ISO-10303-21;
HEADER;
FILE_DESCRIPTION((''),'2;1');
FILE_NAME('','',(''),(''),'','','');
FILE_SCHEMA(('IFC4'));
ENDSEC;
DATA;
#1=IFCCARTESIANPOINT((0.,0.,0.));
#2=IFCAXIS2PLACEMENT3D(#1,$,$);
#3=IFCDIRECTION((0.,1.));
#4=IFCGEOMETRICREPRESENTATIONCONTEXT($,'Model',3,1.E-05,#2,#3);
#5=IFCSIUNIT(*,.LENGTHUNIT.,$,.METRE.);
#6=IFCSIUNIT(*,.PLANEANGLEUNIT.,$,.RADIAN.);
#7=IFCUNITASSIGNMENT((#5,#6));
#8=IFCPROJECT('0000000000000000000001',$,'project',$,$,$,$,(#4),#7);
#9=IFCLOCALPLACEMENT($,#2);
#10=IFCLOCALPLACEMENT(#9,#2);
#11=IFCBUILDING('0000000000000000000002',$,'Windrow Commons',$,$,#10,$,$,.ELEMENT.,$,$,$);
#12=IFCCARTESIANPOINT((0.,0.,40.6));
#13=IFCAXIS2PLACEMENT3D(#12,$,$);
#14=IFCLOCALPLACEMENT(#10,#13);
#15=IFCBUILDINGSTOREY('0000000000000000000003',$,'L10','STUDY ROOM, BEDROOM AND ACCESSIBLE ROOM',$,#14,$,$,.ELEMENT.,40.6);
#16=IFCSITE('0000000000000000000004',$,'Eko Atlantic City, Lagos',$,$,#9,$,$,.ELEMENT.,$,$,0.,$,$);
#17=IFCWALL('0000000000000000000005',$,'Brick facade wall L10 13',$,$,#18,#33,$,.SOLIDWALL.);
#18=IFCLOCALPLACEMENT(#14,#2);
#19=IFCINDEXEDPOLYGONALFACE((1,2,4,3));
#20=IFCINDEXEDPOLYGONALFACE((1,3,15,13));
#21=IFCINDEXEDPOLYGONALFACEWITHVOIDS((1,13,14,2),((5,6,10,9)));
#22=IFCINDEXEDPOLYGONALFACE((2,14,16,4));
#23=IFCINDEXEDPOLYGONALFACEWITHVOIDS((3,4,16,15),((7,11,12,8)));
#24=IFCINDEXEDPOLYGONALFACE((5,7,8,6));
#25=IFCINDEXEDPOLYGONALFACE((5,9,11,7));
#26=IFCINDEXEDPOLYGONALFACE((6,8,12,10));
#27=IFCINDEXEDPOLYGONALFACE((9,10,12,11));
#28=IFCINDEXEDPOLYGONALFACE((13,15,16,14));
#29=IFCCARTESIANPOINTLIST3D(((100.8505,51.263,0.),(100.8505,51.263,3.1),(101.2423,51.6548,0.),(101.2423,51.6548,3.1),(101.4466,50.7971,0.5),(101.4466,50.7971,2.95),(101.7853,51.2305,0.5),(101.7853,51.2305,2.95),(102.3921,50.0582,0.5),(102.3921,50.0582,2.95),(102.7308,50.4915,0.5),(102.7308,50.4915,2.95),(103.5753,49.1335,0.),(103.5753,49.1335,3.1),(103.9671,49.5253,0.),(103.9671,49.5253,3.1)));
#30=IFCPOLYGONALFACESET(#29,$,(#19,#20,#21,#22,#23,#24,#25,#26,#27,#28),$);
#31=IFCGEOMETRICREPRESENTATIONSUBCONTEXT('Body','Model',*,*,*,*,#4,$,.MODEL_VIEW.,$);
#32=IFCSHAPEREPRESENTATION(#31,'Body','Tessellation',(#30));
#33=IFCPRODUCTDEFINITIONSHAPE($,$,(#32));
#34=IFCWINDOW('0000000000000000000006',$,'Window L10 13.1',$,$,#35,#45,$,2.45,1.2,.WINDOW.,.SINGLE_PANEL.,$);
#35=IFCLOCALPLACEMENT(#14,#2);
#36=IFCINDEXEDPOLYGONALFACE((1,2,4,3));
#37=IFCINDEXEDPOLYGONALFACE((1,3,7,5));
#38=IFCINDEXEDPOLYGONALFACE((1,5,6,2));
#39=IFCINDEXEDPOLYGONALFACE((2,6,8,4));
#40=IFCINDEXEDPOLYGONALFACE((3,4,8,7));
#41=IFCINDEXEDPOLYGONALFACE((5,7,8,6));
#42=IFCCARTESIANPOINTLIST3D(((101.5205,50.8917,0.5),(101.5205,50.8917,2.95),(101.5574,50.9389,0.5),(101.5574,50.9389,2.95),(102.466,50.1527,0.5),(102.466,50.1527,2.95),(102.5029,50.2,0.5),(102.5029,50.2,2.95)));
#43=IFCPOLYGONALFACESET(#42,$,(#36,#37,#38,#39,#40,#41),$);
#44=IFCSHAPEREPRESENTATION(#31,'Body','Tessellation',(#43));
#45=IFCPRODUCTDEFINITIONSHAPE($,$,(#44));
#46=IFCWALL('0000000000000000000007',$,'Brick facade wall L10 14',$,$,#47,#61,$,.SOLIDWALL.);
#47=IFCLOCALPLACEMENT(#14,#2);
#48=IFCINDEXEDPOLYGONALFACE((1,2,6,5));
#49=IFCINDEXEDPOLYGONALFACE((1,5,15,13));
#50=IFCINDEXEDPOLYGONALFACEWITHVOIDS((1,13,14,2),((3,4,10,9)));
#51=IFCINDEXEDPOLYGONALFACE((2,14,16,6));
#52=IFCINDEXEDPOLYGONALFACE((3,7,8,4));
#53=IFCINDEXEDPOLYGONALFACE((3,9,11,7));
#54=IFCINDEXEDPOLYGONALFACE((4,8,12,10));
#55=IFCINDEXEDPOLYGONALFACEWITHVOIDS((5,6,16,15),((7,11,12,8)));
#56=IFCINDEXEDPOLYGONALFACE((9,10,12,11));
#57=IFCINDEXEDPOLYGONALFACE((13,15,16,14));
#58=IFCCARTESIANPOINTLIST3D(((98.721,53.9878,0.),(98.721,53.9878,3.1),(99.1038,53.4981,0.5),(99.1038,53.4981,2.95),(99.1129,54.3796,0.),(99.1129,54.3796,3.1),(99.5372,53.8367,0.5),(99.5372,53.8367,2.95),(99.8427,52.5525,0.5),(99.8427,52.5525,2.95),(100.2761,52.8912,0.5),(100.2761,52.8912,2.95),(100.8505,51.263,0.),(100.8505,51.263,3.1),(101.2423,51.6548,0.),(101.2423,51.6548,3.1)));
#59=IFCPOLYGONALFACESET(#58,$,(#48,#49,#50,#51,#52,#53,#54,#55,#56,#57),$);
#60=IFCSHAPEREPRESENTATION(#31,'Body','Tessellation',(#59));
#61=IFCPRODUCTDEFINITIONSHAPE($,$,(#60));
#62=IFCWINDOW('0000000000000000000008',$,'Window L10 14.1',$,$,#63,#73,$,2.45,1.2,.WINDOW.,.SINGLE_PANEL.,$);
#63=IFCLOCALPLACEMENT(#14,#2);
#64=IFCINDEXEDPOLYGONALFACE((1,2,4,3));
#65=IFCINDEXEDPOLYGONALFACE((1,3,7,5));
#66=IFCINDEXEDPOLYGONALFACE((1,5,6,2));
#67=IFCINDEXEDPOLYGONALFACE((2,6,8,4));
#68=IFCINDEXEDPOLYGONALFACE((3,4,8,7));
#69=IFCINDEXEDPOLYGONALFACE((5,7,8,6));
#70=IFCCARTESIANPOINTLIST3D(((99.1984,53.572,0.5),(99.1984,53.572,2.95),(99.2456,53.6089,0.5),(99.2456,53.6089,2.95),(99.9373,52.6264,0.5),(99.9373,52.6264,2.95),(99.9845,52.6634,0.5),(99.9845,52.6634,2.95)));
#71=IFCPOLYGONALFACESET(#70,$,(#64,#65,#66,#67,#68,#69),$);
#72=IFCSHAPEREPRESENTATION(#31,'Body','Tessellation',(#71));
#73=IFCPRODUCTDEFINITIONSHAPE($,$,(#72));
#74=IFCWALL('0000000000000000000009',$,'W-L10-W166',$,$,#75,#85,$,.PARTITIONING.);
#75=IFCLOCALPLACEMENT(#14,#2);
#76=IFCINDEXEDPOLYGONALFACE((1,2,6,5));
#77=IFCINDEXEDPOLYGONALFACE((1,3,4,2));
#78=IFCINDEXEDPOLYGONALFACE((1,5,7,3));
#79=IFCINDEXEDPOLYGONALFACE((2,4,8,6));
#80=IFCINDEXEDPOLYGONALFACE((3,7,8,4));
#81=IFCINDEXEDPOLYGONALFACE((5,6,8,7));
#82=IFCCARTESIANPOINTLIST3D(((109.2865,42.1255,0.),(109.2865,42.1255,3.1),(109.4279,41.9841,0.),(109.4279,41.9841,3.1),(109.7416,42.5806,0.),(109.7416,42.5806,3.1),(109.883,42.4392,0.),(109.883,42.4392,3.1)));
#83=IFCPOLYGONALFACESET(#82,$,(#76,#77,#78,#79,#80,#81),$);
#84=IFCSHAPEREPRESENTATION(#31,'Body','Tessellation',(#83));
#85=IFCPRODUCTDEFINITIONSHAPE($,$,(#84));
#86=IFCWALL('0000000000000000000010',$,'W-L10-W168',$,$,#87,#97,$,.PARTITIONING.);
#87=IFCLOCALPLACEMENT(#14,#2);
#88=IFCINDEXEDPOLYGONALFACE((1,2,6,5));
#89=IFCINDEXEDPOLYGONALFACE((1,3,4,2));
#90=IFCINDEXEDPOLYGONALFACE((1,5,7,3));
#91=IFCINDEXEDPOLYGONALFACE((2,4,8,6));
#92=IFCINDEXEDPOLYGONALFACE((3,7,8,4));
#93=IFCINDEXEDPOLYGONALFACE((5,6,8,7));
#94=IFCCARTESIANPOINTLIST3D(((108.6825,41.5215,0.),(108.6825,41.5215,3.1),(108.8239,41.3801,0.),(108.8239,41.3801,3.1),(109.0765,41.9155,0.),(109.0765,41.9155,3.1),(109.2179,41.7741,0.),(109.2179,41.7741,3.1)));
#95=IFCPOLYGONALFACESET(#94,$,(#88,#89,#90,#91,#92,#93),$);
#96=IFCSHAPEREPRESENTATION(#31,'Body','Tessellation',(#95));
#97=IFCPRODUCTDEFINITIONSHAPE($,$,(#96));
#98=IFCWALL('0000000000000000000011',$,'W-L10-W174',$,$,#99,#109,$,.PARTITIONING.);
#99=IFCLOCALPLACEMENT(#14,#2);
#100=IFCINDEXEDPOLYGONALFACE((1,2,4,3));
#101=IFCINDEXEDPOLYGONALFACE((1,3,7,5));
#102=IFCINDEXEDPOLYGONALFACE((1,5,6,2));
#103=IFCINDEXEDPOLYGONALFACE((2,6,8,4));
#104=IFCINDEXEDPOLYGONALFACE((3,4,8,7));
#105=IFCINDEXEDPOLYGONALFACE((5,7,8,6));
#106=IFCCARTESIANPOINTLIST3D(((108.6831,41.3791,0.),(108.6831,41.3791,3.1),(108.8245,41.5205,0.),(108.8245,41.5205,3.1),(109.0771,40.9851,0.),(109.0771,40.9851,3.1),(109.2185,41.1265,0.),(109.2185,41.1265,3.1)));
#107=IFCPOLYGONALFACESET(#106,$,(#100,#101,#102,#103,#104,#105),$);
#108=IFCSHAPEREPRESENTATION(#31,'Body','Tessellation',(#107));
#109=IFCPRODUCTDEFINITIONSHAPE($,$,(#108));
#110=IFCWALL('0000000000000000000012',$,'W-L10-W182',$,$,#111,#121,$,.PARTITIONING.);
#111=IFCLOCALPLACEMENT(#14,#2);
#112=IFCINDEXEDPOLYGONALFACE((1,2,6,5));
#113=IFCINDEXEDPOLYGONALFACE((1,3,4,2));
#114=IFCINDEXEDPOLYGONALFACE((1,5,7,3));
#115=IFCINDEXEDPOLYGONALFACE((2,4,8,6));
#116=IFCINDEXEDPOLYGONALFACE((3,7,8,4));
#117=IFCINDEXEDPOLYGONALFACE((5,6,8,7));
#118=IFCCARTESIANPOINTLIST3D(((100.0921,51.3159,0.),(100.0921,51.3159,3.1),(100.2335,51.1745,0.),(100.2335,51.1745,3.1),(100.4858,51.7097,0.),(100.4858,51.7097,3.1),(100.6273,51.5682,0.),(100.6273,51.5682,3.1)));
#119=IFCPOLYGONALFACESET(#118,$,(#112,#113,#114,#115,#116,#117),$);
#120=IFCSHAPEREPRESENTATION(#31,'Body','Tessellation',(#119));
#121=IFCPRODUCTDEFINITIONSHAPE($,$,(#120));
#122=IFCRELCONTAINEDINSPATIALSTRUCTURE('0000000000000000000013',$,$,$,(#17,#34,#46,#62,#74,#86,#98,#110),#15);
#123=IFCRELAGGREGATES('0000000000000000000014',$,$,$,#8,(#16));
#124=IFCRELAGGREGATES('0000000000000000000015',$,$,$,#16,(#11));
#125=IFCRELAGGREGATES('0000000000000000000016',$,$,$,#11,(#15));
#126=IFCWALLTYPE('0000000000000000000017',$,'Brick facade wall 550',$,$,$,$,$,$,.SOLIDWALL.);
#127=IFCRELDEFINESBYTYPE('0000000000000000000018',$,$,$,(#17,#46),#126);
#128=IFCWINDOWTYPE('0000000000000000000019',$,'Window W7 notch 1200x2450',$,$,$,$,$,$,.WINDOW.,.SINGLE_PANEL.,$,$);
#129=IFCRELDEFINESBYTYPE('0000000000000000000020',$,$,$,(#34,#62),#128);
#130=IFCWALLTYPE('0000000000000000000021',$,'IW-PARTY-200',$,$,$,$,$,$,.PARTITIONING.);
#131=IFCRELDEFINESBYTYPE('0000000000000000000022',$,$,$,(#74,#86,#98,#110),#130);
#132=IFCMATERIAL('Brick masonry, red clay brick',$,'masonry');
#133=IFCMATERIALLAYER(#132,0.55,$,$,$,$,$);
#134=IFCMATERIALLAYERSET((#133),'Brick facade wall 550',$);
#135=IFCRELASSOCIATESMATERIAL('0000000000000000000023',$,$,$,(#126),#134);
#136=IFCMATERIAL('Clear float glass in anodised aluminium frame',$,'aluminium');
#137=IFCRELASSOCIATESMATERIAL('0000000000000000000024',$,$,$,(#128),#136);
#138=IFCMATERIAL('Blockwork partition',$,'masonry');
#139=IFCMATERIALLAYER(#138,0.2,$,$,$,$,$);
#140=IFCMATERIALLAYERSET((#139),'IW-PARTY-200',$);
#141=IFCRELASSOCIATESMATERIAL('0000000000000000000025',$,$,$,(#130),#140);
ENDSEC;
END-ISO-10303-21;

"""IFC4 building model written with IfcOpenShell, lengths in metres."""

from ifc_helpers import new_model, si_unit, direction, frame, frame_2d, origin, place, context, subcontext, project, spatial, polyline, rectangle, outline, extrude, material, layer, layer_set, type_object, element, fill, save


model = new_model("IFC4")

# Units and contexts
model_context = context("Model", 3, precision=1e-05, world=origin(), true_north=direction((0.0, 1.0)))
body_context = subcontext(model_context, "Body", "Model", "MODEL_VIEW")
ifc_project = project(units=[si_unit("LENGTHUNIT", "METRE"), si_unit("PLANEANGLEUNIT", "RADIAN")], contexts=[model_context])

# Site, building, storey
site_placement = place(None, origin())
site = spatial("IfcSite", under=ifc_project, at=site_placement, Name="Eko Atlantic City, Lagos", CompositionType="ELEMENT", RefElevation=0.0)
building_placement = place(site_placement, origin())
building = spatial("IfcBuilding", under=site, at=building_placement, Name="Windrow Commons", CompositionType="ELEMENT")
storey_placement = place(building_placement, frame((0.0, 0.0, 40.6)))
storey = spatial("IfcBuildingStorey", under=building, at=storey_placement, Name="L10", Description="STUDY ROOM, BEDROOM AND ACCESSIBLE ROOM", CompositionType="ELEMENT", Elevation=40.6)

# Walls, openings, windows
ifc_material_1 = material(Name="Brick masonry, red clay brick", Category="masonry")
ifc_layer_1 = layer(ifc_material_1, 0.55)
ifc_layer_set_1 = layer_set([ifc_layer_1], Name="Brick facade wall 550")
wall_type_1 = type_object("IfcWallType", Name="Brick facade wall 550", PredefinedType="SOLIDWALL", material=ifc_layer_set_1)
ifc_material_2 = material(Name="Clear float glass in anodised aluminium frame", Category="aluminium")
window_type = type_object("IfcWindowType", Name="Window W7 notch 1200x2450", PartitioningType="SINGLE_PANEL", PredefinedType="WINDOW", material=ifc_material_2)
wall_1_placement = place(storey_placement, frame((103.7712, 49.3294, 0.0), z_axis=(0.0, 0.0, 1.0), x_axis=(-0.787919, 0.615779, 0.0)))
wall_1 = element("IfcWall", 1, at=wall_1_placement, inside=storey, type_object=wall_type_1, Name="Brick facade wall L10 13", PredefinedType="SOLIDWALL", context=body_context, shape_type="SweptSolid", body=[
    extrude(outline(polyline([(-0.0337, -0.275), (3.4245, -0.275), (3.4919, 0.275), (0.0337, 0.275), (-0.0337, -0.275)])), origin(), (0.0, 0.0, 1.0), 3.1),
])
opening_1_placement = place(wall_1_placement, frame((1.5354, 0.0, 0.5)))
opening_1 = element("IfcOpeningElement", 2, at=opening_1_placement, cuts=wall_1, PredefinedType="OPENING", context=body_context, shape_type="SweptSolid", body=[
    extrude(rectangle(XDim=1.2, YDim=2.45, at=frame_2d((0.6, 1.225))), frame((0.0, 0.285, 0.0), z_axis=(0.0, -1.0, 0.0), x_axis=(1.0, 0.0, 0.0)), (0.0, 0.0, 1.0), 0.57),
])
window_1_placement = place(opening_1_placement, origin())
window_1 = element("IfcWindow", 3, at=window_1_placement, inside=storey, type_object=window_type, Name="Window L10 13.1", OverallHeight=2.45, OverallWidth=1.2, PartitioningType="SINGLE_PANEL", PredefinedType="WINDOW", context=body_context, shape_type="SweptSolid", body=[
    extrude(rectangle(XDim=1.2, YDim=2.45, at=frame_2d((0.6, 1.225))), frame((0.0, 0.155, 0.0), z_axis=(0.0, -1.0, 0.0), x_axis=(1.0, 0.0, 0.0)), (0.0, 0.0, 1.0), 0.06),
])
fill(opening_1, window_1)
wall_2_placement = place(storey_placement, frame((101.0464, 51.4589, 0.0), z_axis=(0.0, 0.0, 1.0), x_axis=(-0.615761, 0.787933, 0.0)))
wall_2 = element("IfcWall", 4, at=wall_2_placement, inside=storey, type_object=wall_type_1, Name="Brick facade wall L10 14", PredefinedType="SOLIDWALL", context=body_context, shape_type="SweptSolid", body=[
    extrude(outline(polyline([(0.0337, -0.275), (3.4919, -0.275), (3.4245, 0.275), (-0.0337, 0.275), (0.0337, -0.275)])), origin(), (0.0, 0.0, 1.0), 3.1),
])
opening_2_placement = place(wall_2_placement, frame((1.6029, 0.0, 0.5)))
opening_2 = element("IfcOpeningElement", 5, at=opening_2_placement, cuts=wall_2, PredefinedType="OPENING", context=body_context, shape_type="SweptSolid", body=[
    extrude(rectangle(XDim=1.2, YDim=2.45, at=frame_2d((0.6, 1.225))), frame((0.0, 0.285, 0.0), z_axis=(0.0, -1.0, 0.0), x_axis=(1.0, 0.0, 0.0)), (0.0, 0.0, 1.0), 0.57),
])
window_2_placement = place(opening_2_placement, origin())
window_2 = element("IfcWindow", 6, at=window_2_placement, inside=storey, type_object=window_type, Name="Window L10 14.1", OverallHeight=2.45, OverallWidth=1.2, PartitioningType="SINGLE_PANEL", PredefinedType="WINDOW", context=body_context, shape_type="SweptSolid", body=[
    extrude(rectangle(XDim=1.2, YDim=2.45, at=frame_2d((0.6, 1.225))), frame((0.0, 0.155, 0.0), z_axis=(0.0, -1.0, 0.0), x_axis=(1.0, 0.0, 0.0)), (0.0, 0.0, 1.0), 0.06),
])
fill(opening_2, window_2)

# Walls
ifc_material_3 = material(Name="Blockwork partition", Category="masonry")
ifc_layer_2 = layer(ifc_material_3, 0.2)
ifc_layer_set_2 = layer_set([ifc_layer_2], Name="IW-PARTY-200")
wall_type_2 = type_object("IfcWallType", Name="IW-PARTY-200", PredefinedType="PARTITIONING", material=ifc_layer_set_2)
wall_3_placement = place(storey_placement, frame((109.3572, 42.0548, 0.0), z_axis=(0.0, 0.0, 1.0), x_axis=(0.707107, 0.707107, 0.0)))
element("IfcWall", 7, at=wall_3_placement, inside=storey, type_object=wall_type_2, Name="W-L10-W166", PredefinedType="PARTITIONING", context=body_context, shape_type="SweptSolid", body=[
    extrude(rectangle(XDim=0.6436, YDim=0.2, at=frame_2d((0.3218, 0.0))), origin(), (0.0, 0.0, 1.0), 3.1),
])
for number, where, z_axis, x_axis, name in (
    (8, (108.7532, 41.4508, 0.0), (0.0, 0.0, 1.0), (0.707107, 0.707107, 0.0), "W-L10-W168"),
    (9, (108.7538, 41.4498, 0.0), (0.0, 0.0, 1.0), (0.707107, -0.707107, 0.0), "W-L10-W174"),
):
    element("IfcWall", number, at=place(storey_placement, frame(where, z_axis=z_axis, x_axis=x_axis)), inside=storey, type_object=wall_type_2, Name=name, PredefinedType="PARTITIONING", context=body_context, shape_type="SweptSolid", body=[
        extrude(rectangle(XDim=0.5572, YDim=0.2, at=frame_2d((0.2786, 0.0))), origin(), (0.0, 0.0, 1.0), 3.1),
    ])
wall_4_placement = place(storey_placement, frame((100.1628, 51.2452, 0.0), z_axis=(0.0, 0.0, 1.0), x_axis=(0.707107, 0.707107, 0.0)))
element("IfcWall", 10, at=wall_4_placement, inside=storey, type_object=wall_type_2, Name="W-L10-W182", PredefinedType="PARTITIONING", context=body_context, shape_type="SweptSolid", body=[
    extrude(rectangle(XDim=0.5569, YDim=0.2, at=frame_2d((0.2784, 0.0))), origin(), (0.0, 0.0, 1.0), 3.1),
])

save(model, "model.ifc")
